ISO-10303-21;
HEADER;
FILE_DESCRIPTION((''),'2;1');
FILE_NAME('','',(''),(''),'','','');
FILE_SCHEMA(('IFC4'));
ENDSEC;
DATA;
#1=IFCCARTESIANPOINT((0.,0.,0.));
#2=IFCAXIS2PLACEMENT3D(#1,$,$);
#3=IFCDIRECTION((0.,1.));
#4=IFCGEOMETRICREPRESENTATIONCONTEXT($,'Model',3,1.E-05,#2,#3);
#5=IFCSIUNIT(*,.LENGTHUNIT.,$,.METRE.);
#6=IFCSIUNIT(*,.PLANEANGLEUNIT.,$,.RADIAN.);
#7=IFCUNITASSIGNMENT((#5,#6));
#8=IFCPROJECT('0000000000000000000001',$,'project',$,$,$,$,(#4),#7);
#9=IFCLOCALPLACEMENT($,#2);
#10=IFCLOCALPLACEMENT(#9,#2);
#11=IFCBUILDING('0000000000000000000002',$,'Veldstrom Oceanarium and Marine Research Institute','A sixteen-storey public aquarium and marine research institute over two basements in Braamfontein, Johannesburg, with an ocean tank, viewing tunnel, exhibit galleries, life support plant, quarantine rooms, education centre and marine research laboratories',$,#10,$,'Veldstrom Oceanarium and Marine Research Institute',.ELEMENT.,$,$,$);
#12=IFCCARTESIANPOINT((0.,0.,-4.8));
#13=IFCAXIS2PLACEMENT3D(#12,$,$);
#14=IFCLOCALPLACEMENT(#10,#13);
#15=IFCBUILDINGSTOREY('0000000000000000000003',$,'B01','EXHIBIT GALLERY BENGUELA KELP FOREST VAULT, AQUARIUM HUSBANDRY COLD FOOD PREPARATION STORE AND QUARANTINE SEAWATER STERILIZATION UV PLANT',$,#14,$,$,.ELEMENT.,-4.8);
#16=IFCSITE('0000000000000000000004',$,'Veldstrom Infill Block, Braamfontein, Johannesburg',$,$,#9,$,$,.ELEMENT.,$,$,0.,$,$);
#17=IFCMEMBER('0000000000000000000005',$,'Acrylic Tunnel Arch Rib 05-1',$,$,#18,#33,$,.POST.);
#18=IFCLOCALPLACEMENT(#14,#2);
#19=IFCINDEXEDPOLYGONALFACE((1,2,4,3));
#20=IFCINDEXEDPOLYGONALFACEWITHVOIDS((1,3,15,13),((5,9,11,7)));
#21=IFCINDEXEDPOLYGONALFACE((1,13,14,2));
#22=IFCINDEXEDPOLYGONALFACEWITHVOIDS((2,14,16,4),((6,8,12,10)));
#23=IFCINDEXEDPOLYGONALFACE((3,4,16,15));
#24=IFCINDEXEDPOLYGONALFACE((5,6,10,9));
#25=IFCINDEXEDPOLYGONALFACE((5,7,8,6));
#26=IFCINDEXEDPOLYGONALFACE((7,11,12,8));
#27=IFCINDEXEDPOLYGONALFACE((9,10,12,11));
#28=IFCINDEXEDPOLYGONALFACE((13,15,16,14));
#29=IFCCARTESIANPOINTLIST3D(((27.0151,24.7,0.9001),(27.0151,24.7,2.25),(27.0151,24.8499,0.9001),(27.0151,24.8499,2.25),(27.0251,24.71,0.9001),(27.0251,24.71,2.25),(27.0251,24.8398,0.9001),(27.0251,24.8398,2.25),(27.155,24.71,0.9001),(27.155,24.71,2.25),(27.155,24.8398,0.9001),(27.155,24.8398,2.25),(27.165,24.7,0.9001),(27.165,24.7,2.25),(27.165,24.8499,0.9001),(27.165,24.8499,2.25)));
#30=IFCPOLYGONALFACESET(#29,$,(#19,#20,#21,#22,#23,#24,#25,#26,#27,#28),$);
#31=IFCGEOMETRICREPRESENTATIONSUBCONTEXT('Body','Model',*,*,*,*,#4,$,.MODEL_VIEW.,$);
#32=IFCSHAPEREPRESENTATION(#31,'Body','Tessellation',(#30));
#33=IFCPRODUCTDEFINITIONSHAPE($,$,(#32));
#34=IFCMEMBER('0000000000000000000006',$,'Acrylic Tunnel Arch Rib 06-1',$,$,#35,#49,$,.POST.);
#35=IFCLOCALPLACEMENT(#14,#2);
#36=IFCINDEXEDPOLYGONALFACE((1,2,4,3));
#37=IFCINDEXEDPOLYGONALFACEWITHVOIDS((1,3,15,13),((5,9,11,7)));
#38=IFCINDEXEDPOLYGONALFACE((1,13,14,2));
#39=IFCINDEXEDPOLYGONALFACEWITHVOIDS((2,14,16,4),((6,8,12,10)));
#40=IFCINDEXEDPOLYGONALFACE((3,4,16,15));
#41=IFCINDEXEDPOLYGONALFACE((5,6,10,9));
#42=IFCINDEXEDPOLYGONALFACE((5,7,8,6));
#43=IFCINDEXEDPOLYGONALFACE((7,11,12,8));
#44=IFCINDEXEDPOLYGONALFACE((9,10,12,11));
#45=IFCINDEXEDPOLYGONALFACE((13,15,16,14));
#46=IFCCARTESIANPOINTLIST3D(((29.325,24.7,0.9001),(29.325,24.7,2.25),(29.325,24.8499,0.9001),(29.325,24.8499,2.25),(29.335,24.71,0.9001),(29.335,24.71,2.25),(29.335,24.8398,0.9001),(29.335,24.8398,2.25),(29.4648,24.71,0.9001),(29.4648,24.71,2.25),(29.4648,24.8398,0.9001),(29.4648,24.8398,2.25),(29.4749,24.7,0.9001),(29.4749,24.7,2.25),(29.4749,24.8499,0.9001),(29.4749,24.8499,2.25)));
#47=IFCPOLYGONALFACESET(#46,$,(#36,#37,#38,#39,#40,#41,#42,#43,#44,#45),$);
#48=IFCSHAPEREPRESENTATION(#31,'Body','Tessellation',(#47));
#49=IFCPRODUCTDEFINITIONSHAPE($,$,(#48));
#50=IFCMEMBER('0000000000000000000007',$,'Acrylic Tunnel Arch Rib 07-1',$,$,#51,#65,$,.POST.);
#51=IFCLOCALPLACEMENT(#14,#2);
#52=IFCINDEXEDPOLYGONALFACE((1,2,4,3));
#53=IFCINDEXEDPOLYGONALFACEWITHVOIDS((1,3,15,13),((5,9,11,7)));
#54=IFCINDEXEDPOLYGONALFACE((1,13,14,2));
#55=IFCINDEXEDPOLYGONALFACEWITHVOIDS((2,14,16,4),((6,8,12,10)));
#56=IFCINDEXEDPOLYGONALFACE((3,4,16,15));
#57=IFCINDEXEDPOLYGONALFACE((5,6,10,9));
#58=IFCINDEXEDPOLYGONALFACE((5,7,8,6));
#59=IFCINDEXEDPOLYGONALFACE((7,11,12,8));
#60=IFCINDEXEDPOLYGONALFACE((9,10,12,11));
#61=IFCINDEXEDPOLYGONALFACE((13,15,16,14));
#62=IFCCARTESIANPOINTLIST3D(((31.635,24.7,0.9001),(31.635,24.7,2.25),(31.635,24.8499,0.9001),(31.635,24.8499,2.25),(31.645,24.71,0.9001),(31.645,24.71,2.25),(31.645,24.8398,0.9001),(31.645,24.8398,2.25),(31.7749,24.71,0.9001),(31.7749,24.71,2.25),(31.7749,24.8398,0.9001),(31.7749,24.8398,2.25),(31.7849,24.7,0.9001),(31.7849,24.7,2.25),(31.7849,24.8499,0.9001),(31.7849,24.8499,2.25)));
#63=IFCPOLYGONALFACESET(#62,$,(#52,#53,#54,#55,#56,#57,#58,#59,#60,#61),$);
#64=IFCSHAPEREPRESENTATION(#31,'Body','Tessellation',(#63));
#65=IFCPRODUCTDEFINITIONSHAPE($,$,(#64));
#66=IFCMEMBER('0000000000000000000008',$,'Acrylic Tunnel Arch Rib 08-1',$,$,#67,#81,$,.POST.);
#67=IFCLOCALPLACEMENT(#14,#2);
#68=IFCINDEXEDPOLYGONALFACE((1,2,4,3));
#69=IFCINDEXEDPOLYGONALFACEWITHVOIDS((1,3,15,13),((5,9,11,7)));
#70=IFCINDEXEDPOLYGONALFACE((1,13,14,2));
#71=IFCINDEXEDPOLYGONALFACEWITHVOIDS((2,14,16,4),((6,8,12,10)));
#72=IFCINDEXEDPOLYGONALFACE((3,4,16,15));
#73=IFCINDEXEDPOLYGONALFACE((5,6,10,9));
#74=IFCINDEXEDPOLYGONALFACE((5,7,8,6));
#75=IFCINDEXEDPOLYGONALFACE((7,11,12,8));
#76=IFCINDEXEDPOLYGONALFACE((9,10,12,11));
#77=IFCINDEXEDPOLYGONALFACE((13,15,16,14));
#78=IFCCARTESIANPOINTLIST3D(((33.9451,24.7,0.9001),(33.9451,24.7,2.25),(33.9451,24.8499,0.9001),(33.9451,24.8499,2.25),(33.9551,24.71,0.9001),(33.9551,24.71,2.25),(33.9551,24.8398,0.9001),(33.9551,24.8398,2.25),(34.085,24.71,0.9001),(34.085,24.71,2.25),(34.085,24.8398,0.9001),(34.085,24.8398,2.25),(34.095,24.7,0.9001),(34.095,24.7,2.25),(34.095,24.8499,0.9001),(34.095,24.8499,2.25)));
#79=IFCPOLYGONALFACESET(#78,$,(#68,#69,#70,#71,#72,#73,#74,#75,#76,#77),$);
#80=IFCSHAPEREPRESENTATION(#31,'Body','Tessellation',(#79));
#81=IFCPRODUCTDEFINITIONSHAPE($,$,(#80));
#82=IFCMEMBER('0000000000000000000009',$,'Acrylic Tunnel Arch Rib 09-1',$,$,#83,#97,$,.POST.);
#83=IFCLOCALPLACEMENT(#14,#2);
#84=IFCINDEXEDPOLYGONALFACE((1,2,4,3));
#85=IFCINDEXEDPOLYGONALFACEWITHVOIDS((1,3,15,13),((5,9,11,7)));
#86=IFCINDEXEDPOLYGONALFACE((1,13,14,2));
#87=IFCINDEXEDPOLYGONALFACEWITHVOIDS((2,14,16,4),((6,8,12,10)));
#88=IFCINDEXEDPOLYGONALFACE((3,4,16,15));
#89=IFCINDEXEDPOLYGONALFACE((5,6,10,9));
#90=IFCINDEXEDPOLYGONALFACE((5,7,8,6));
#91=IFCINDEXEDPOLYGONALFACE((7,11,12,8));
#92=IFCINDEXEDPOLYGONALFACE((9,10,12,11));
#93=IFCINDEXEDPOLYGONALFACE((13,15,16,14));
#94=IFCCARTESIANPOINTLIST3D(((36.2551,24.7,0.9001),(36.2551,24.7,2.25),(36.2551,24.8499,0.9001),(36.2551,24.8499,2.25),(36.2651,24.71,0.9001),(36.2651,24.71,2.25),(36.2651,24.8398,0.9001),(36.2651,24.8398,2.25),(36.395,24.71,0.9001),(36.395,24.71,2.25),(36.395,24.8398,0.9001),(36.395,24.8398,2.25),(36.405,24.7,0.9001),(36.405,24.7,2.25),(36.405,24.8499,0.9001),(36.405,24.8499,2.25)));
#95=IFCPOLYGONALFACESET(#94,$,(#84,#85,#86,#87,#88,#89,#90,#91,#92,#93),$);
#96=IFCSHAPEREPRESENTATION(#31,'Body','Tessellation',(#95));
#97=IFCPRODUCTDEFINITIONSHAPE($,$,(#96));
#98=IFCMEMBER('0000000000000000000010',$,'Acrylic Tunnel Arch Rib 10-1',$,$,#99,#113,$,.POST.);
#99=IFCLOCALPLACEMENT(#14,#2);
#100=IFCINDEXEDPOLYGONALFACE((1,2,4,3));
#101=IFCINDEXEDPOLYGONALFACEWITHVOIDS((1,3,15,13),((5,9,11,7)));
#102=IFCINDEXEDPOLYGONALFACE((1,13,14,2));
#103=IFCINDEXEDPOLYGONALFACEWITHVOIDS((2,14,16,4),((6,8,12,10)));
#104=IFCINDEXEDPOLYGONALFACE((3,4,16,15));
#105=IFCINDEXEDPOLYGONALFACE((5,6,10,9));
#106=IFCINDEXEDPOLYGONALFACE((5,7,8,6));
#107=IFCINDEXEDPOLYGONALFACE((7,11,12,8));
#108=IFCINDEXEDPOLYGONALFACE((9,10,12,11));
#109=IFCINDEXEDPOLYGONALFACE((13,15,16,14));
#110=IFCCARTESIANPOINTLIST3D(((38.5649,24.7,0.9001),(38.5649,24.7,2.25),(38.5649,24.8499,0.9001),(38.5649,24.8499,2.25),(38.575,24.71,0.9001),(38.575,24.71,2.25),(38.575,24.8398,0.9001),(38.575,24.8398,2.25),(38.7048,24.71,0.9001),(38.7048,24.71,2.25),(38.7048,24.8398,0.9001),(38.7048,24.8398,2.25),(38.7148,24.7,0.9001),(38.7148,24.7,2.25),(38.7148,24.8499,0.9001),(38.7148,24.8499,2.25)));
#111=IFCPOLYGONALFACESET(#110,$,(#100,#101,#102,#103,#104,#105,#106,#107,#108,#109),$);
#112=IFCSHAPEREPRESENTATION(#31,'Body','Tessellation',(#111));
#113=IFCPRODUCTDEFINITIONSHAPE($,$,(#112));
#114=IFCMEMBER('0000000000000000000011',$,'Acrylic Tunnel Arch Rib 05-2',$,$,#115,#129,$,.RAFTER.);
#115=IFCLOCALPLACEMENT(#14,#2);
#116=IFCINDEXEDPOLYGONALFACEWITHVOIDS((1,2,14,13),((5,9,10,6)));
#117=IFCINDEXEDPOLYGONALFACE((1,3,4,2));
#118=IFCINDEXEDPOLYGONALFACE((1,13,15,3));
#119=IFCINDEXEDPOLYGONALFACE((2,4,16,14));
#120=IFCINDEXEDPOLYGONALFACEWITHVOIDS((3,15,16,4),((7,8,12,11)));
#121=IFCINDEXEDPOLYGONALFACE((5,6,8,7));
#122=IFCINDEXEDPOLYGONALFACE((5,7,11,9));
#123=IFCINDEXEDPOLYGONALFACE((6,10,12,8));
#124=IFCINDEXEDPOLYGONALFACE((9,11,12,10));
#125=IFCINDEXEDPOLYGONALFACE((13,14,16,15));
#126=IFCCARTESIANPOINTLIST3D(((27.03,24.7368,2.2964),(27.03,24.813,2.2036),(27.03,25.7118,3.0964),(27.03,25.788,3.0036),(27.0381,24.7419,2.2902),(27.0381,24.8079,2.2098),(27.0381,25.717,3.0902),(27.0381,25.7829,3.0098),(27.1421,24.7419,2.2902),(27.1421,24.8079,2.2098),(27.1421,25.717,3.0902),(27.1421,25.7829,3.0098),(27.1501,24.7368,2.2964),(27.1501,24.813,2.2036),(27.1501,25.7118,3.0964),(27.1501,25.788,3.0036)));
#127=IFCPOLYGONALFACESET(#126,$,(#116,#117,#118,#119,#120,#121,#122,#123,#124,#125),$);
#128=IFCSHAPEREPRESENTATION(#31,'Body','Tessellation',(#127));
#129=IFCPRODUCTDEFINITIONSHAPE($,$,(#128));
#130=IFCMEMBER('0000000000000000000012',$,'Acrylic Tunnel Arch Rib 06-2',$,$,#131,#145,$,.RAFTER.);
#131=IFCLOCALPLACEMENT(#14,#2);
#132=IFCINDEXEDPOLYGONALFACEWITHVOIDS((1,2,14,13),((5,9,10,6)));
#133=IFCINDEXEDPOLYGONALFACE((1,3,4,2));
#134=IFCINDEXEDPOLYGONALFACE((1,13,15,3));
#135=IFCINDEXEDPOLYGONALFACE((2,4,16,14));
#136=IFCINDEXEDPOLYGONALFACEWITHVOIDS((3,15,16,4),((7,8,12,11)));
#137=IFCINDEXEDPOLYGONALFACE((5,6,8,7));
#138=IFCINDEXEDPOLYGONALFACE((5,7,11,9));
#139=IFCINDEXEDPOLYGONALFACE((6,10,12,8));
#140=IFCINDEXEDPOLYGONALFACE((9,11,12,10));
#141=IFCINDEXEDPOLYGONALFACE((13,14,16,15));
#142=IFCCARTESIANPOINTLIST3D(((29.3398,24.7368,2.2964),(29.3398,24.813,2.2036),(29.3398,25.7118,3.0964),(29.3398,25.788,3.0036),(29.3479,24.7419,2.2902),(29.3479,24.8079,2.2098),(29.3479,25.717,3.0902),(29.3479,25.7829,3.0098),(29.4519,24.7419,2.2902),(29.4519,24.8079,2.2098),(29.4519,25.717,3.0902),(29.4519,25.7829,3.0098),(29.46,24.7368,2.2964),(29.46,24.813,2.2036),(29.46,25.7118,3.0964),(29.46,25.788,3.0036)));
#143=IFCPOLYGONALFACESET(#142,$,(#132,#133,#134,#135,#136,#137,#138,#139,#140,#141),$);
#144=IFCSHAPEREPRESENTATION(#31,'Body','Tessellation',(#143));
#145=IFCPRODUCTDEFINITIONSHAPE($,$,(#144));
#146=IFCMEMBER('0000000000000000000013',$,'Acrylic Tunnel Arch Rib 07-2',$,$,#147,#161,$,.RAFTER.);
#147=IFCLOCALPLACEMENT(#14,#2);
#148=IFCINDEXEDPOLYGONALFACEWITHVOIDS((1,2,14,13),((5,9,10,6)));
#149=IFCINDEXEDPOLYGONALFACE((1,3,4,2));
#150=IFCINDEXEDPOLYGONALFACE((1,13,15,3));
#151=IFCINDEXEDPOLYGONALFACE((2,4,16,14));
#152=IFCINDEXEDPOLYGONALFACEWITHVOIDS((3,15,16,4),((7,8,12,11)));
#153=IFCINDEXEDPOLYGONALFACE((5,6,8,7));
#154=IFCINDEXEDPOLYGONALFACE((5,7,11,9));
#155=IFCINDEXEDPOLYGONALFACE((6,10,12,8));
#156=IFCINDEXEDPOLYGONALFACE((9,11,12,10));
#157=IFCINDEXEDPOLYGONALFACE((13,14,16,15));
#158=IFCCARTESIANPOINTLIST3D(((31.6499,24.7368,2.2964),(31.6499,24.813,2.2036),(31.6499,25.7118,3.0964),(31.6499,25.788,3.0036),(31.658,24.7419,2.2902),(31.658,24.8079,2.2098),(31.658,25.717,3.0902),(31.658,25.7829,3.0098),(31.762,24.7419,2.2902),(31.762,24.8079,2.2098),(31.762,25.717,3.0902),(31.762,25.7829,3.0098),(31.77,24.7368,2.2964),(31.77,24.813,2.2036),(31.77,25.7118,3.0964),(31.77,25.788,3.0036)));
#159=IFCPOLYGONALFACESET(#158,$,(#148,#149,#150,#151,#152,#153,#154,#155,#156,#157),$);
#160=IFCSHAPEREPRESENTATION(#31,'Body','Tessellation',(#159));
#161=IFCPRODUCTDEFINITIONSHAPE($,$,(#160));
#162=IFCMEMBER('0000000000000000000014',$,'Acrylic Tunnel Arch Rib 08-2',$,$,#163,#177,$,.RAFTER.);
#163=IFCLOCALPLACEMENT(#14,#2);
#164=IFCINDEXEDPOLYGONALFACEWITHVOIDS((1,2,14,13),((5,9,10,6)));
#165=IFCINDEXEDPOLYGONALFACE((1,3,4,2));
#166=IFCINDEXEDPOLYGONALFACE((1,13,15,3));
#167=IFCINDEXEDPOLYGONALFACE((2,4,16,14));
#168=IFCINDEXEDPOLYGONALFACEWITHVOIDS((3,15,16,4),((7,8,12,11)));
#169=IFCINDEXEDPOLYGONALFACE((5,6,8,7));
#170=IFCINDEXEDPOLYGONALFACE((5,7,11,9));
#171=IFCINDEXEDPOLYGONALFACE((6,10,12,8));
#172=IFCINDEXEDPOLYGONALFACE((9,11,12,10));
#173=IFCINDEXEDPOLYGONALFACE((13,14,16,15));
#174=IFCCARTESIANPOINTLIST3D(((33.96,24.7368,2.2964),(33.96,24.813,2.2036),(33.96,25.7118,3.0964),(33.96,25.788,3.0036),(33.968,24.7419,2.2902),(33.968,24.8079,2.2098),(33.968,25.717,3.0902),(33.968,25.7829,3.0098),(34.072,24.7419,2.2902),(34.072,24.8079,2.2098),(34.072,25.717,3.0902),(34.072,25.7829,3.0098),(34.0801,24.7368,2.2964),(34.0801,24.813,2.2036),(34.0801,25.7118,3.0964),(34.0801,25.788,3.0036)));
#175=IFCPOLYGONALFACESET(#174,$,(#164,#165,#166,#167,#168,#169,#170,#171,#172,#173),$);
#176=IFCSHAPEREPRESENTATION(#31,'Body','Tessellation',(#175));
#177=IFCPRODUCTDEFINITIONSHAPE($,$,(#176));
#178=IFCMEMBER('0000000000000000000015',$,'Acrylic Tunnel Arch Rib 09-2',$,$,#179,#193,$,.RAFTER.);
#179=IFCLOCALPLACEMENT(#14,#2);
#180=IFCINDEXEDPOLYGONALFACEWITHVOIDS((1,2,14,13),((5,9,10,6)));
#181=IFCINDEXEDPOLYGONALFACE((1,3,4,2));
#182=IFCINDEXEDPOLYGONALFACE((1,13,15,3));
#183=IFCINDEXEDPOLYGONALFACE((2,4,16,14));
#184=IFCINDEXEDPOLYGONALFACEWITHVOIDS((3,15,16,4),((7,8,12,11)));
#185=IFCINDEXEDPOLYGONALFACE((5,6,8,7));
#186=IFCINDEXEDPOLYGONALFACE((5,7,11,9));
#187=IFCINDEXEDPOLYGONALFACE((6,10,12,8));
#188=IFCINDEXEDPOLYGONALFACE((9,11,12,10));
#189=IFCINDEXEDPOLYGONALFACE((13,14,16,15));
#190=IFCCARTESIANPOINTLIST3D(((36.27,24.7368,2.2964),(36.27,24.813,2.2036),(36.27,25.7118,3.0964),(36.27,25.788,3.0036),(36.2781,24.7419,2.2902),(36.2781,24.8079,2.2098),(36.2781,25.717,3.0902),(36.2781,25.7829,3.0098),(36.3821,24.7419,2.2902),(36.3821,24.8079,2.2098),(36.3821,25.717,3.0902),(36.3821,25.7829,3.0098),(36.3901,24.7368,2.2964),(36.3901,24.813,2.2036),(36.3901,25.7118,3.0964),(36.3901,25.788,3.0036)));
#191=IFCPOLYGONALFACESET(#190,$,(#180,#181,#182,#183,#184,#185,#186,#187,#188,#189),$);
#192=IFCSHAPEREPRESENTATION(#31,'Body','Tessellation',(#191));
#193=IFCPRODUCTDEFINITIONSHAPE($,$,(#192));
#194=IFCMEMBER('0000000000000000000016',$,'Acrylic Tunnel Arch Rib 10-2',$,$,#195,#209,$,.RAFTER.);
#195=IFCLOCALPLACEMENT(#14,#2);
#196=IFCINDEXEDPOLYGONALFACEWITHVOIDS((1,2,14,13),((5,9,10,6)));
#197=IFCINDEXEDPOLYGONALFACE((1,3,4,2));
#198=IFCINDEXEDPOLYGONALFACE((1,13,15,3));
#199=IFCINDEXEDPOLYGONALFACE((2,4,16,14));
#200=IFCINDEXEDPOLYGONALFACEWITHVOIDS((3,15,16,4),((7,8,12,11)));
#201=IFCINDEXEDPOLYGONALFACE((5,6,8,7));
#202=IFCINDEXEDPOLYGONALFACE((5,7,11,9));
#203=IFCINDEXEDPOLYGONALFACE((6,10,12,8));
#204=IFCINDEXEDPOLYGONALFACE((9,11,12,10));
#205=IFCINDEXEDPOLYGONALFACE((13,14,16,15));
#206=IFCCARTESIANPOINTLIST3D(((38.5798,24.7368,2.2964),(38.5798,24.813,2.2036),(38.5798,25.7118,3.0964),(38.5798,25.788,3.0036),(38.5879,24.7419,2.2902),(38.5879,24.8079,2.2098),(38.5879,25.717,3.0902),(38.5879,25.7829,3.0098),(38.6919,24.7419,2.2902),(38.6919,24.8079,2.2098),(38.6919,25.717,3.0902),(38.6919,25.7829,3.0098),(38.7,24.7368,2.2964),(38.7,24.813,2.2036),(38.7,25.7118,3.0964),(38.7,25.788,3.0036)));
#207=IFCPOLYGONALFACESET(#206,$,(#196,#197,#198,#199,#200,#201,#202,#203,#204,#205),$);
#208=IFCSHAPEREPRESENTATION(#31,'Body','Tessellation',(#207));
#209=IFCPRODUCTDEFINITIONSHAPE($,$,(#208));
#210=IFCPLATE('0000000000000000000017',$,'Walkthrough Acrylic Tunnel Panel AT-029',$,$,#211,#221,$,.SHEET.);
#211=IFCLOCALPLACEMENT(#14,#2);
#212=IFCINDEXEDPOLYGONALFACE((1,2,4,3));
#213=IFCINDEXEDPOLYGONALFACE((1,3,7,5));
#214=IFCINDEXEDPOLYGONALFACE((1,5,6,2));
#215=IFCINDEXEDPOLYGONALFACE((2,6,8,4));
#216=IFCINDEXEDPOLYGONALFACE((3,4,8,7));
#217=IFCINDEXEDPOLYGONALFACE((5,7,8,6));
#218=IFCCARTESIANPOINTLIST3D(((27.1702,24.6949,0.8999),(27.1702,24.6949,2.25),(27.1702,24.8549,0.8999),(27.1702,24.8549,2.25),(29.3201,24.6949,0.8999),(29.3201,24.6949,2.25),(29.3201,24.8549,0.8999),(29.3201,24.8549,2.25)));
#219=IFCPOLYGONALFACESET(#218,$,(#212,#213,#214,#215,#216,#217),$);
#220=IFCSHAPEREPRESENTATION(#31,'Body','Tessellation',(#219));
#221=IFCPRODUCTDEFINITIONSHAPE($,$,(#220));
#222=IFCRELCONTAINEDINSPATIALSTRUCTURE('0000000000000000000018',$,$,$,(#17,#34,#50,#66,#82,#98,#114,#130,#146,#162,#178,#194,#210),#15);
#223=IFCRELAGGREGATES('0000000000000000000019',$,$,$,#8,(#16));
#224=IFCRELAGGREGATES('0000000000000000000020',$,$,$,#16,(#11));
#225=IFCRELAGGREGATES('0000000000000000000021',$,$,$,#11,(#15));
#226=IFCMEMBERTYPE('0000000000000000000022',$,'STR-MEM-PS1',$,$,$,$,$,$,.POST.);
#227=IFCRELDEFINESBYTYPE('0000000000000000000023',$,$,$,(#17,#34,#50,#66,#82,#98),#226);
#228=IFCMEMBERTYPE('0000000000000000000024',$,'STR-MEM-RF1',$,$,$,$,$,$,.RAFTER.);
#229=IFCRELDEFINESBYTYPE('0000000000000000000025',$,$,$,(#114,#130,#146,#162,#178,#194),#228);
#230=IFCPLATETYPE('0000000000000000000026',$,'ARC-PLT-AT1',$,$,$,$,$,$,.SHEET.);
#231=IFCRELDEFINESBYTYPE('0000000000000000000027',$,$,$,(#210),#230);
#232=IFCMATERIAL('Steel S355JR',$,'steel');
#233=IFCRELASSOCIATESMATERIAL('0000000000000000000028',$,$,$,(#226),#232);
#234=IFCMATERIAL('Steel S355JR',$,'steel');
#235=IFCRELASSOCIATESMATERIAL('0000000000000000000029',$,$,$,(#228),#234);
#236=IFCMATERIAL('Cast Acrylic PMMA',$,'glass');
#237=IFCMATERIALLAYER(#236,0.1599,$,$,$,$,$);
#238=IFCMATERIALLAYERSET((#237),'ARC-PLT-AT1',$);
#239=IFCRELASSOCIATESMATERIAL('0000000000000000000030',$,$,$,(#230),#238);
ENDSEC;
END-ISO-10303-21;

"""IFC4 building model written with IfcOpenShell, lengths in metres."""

from ifc_helpers import new_model, si_unit, direction, frame, origin, origin_2d, place, context, subcontext, project, spatial, rectangle, hollow_rectangle, extrude, material, layer, layer_set, material_profile, profile_set, type_object, element, save


model = new_model("IFC4")

# Units and contexts
model_context = context("Model", 3, precision=1e-05, world=origin(), true_north=direction((0.0, 1.0)))
body_context = subcontext(model_context, "Body", "Model", "MODEL_VIEW")
ifc_project = project(units=[si_unit("LENGTHUNIT", "METRE"), si_unit("PLANEANGLEUNIT", "RADIAN")], contexts=[model_context])

# Site, building, storey
site_placement = place(None, origin())
site = spatial("IfcSite", under=ifc_project, at=site_placement, Name="Veldstrom Infill Block, Braamfontein, Johannesburg", CompositionType="ELEMENT", RefElevation=0.0)
building_placement = place(site_placement, origin())
building = spatial("IfcBuilding", under=site, at=building_placement, Name="Veldstrom Oceanarium and Marine Research Institute", Description="A sixteen-storey public aquarium and marine research institute over two basements in Braamfontein, Johannesburg, with an ocean tank, viewing tunnel, exhibit galleries, life support plant, quarantine rooms, education centre and marine research laboratories", LongName="Veldstrom Oceanarium and Marine Research Institute", CompositionType="ELEMENT")
storey_placement = place(building_placement, frame((0.0, 0.0, -4.8)))
storey = spatial("IfcBuildingStorey", under=building, at=storey_placement, Name="B01", Description="EXHIBIT GALLERY BENGUELA KELP FOREST VAULT, AQUARIUM HUSBANDRY COLD FOOD PREPARATION STORE AND QUARANTINE SEAWATER STERILIZATION UV PLANT", CompositionType="ELEMENT", Elevation=-4.8)

# Members
ifc_material_1 = material(Name="Steel S355JR", Category="steel")
ifc_material_profile_1 = material_profile(ifc_material_1, hollow_rectangle(XDim=0.1499, YDim=0.1499, WallThickness=0.01, at=origin_2d()), Name="SHS 150x150x10")
ifc_profile_set_1 = profile_set([ifc_material_profile_1], Name="Steel S355JR")
member_type_1 = type_object("IfcMemberType", Name="STR-MEM-PS1", PredefinedType="POST", material=ifc_profile_set_1)
for number, where, z_axis, x_axis, name in (
    (1, (27.0901, 24.7749, 0.9001), (0.0, 0.0, 1.0), (1.0, 0.0, 0.0), "Acrylic Tunnel Arch Rib 05-1"),
    (2, (29.3999, 24.7749, 0.9001), (0.0, 0.0, 1.0), (1.0, 0.0, 0.0), "Acrylic Tunnel Arch Rib 06-1"),
    (3, (31.71, 24.7749, 0.9001), (0.0, 0.0, 1.0), (1.0, 0.0, 0.0), "Acrylic Tunnel Arch Rib 07-1"),
    (4, (34.02, 24.7749, 0.9001), (0.0, 0.0, 1.0), (1.0, 0.0, 0.0), "Acrylic Tunnel Arch Rib 08-1"),
    (5, (36.3301, 24.7749, 0.9001), (0.0, 0.0, 1.0), (1.0, 0.0, 0.0), "Acrylic Tunnel Arch Rib 09-1"),
    (6, (38.6399, 24.7749, 0.9001), (0.0, 0.0, 1.0), (1.0, 0.0, 0.0), "Acrylic Tunnel Arch Rib 10-1"),
):
    element("IfcMember", number, at=place(storey_placement, frame(where, z_axis=z_axis, x_axis=x_axis)), inside=storey, type_object=member_type_1, Name=name, PredefinedType="POST", context=body_context, shape_type="SweptSolid", body=[
        extrude(hollow_rectangle(XDim=0.1499, YDim=0.1499, WallThickness=0.01, at=origin_2d()), origin(), (0.0, 0.0, 1.0), 1.3499),
    ])
ifc_material_2 = material(Name="Steel S355JR", Category="steel")
ifc_material_profile_2 = material_profile(ifc_material_2, hollow_rectangle(XDim=0.1201, YDim=0.1201, WallThickness=0.0081, at=origin_2d()), Name="SHS 120x120x8")
ifc_profile_set_2 = profile_set([ifc_material_profile_2], Name="Steel S355JR")
member_type_2 = type_object("IfcMemberType", Name="STR-MEM-RF1", PredefinedType="RAFTER", material=ifc_profile_set_2)
for number, where, z_axis, x_axis, name in (
    (7, (27.0901, 24.7749, 2.25), (0.0, 0.773086, 0.634302), (-1.0, 0.0, 0.0), "Acrylic Tunnel Arch Rib 05-2"),
    (8, (29.3999, 24.7749, 2.25), (0.0, 0.773086, 0.634302), (-1.0, 0.0, 0.0), "Acrylic Tunnel Arch Rib 06-2"),
    (9, (31.71, 24.7749, 2.25), (0.0, 0.773086, 0.634302), (-1.0, 0.0, 0.0), "Acrylic Tunnel Arch Rib 07-2"),
    (10, (34.02, 24.7749, 2.25), (0.0, 0.773086, 0.634302), (-1.0, 0.0, 0.0), "Acrylic Tunnel Arch Rib 08-2"),
    (11, (36.3301, 24.7749, 2.25), (0.0, 0.773086, 0.634302), (-1.0, 0.0, 0.0), "Acrylic Tunnel Arch Rib 09-2"),
    (12, (38.6399, 24.7749, 2.25), (0.0, 0.773086, 0.634302), (-1.0, 0.0, 0.0), "Acrylic Tunnel Arch Rib 10-2"),
):
    element("IfcMember", number, at=place(storey_placement, frame(where, z_axis=z_axis, x_axis=x_axis)), inside=storey, type_object=member_type_2, Name=name, PredefinedType="RAFTER", context=body_context, shape_type="SweptSolid", body=[
        extrude(hollow_rectangle(XDim=0.1201, YDim=0.1201, WallThickness=0.0081, at=origin_2d()), origin(), (0.0, 0.0, 1.0), 1.2612),
    ])

# Plate
ifc_material_3 = material(Name="Cast Acrylic PMMA", Category="glass")
ifc_layer_1 = layer(ifc_material_3, 0.1599)
ifc_layer_set_1 = layer_set([ifc_layer_1], Name="ARC-PLT-AT1")
plate_type_1 = type_object("IfcPlateType", Name="ARC-PLT-AT1", PredefinedType="SHEET", material=ifc_layer_set_1)
for number, where, z_axis, x_axis, name in (
    (13, (28.2451, 24.7749, 0.8999), (0.0, 0.0, 1.0), (1.0, 0.0, 0.0), "Walkthrough Acrylic Tunnel Panel AT-029"),
):
    element("IfcPlate", number, at=place(storey_placement, frame(where, z_axis=z_axis, x_axis=x_axis)), inside=storey, type_object=plate_type_1, Name=name, PredefinedType="SHEET", context=body_context, shape_type="SweptSolid", body=[
        extrude(rectangle(XDim=2.1499, YDim=0.1599, at=origin_2d()), origin(), (0.0, 0.0, 1.0), 1.3501),
    ])

save(model, "model.ifc")
